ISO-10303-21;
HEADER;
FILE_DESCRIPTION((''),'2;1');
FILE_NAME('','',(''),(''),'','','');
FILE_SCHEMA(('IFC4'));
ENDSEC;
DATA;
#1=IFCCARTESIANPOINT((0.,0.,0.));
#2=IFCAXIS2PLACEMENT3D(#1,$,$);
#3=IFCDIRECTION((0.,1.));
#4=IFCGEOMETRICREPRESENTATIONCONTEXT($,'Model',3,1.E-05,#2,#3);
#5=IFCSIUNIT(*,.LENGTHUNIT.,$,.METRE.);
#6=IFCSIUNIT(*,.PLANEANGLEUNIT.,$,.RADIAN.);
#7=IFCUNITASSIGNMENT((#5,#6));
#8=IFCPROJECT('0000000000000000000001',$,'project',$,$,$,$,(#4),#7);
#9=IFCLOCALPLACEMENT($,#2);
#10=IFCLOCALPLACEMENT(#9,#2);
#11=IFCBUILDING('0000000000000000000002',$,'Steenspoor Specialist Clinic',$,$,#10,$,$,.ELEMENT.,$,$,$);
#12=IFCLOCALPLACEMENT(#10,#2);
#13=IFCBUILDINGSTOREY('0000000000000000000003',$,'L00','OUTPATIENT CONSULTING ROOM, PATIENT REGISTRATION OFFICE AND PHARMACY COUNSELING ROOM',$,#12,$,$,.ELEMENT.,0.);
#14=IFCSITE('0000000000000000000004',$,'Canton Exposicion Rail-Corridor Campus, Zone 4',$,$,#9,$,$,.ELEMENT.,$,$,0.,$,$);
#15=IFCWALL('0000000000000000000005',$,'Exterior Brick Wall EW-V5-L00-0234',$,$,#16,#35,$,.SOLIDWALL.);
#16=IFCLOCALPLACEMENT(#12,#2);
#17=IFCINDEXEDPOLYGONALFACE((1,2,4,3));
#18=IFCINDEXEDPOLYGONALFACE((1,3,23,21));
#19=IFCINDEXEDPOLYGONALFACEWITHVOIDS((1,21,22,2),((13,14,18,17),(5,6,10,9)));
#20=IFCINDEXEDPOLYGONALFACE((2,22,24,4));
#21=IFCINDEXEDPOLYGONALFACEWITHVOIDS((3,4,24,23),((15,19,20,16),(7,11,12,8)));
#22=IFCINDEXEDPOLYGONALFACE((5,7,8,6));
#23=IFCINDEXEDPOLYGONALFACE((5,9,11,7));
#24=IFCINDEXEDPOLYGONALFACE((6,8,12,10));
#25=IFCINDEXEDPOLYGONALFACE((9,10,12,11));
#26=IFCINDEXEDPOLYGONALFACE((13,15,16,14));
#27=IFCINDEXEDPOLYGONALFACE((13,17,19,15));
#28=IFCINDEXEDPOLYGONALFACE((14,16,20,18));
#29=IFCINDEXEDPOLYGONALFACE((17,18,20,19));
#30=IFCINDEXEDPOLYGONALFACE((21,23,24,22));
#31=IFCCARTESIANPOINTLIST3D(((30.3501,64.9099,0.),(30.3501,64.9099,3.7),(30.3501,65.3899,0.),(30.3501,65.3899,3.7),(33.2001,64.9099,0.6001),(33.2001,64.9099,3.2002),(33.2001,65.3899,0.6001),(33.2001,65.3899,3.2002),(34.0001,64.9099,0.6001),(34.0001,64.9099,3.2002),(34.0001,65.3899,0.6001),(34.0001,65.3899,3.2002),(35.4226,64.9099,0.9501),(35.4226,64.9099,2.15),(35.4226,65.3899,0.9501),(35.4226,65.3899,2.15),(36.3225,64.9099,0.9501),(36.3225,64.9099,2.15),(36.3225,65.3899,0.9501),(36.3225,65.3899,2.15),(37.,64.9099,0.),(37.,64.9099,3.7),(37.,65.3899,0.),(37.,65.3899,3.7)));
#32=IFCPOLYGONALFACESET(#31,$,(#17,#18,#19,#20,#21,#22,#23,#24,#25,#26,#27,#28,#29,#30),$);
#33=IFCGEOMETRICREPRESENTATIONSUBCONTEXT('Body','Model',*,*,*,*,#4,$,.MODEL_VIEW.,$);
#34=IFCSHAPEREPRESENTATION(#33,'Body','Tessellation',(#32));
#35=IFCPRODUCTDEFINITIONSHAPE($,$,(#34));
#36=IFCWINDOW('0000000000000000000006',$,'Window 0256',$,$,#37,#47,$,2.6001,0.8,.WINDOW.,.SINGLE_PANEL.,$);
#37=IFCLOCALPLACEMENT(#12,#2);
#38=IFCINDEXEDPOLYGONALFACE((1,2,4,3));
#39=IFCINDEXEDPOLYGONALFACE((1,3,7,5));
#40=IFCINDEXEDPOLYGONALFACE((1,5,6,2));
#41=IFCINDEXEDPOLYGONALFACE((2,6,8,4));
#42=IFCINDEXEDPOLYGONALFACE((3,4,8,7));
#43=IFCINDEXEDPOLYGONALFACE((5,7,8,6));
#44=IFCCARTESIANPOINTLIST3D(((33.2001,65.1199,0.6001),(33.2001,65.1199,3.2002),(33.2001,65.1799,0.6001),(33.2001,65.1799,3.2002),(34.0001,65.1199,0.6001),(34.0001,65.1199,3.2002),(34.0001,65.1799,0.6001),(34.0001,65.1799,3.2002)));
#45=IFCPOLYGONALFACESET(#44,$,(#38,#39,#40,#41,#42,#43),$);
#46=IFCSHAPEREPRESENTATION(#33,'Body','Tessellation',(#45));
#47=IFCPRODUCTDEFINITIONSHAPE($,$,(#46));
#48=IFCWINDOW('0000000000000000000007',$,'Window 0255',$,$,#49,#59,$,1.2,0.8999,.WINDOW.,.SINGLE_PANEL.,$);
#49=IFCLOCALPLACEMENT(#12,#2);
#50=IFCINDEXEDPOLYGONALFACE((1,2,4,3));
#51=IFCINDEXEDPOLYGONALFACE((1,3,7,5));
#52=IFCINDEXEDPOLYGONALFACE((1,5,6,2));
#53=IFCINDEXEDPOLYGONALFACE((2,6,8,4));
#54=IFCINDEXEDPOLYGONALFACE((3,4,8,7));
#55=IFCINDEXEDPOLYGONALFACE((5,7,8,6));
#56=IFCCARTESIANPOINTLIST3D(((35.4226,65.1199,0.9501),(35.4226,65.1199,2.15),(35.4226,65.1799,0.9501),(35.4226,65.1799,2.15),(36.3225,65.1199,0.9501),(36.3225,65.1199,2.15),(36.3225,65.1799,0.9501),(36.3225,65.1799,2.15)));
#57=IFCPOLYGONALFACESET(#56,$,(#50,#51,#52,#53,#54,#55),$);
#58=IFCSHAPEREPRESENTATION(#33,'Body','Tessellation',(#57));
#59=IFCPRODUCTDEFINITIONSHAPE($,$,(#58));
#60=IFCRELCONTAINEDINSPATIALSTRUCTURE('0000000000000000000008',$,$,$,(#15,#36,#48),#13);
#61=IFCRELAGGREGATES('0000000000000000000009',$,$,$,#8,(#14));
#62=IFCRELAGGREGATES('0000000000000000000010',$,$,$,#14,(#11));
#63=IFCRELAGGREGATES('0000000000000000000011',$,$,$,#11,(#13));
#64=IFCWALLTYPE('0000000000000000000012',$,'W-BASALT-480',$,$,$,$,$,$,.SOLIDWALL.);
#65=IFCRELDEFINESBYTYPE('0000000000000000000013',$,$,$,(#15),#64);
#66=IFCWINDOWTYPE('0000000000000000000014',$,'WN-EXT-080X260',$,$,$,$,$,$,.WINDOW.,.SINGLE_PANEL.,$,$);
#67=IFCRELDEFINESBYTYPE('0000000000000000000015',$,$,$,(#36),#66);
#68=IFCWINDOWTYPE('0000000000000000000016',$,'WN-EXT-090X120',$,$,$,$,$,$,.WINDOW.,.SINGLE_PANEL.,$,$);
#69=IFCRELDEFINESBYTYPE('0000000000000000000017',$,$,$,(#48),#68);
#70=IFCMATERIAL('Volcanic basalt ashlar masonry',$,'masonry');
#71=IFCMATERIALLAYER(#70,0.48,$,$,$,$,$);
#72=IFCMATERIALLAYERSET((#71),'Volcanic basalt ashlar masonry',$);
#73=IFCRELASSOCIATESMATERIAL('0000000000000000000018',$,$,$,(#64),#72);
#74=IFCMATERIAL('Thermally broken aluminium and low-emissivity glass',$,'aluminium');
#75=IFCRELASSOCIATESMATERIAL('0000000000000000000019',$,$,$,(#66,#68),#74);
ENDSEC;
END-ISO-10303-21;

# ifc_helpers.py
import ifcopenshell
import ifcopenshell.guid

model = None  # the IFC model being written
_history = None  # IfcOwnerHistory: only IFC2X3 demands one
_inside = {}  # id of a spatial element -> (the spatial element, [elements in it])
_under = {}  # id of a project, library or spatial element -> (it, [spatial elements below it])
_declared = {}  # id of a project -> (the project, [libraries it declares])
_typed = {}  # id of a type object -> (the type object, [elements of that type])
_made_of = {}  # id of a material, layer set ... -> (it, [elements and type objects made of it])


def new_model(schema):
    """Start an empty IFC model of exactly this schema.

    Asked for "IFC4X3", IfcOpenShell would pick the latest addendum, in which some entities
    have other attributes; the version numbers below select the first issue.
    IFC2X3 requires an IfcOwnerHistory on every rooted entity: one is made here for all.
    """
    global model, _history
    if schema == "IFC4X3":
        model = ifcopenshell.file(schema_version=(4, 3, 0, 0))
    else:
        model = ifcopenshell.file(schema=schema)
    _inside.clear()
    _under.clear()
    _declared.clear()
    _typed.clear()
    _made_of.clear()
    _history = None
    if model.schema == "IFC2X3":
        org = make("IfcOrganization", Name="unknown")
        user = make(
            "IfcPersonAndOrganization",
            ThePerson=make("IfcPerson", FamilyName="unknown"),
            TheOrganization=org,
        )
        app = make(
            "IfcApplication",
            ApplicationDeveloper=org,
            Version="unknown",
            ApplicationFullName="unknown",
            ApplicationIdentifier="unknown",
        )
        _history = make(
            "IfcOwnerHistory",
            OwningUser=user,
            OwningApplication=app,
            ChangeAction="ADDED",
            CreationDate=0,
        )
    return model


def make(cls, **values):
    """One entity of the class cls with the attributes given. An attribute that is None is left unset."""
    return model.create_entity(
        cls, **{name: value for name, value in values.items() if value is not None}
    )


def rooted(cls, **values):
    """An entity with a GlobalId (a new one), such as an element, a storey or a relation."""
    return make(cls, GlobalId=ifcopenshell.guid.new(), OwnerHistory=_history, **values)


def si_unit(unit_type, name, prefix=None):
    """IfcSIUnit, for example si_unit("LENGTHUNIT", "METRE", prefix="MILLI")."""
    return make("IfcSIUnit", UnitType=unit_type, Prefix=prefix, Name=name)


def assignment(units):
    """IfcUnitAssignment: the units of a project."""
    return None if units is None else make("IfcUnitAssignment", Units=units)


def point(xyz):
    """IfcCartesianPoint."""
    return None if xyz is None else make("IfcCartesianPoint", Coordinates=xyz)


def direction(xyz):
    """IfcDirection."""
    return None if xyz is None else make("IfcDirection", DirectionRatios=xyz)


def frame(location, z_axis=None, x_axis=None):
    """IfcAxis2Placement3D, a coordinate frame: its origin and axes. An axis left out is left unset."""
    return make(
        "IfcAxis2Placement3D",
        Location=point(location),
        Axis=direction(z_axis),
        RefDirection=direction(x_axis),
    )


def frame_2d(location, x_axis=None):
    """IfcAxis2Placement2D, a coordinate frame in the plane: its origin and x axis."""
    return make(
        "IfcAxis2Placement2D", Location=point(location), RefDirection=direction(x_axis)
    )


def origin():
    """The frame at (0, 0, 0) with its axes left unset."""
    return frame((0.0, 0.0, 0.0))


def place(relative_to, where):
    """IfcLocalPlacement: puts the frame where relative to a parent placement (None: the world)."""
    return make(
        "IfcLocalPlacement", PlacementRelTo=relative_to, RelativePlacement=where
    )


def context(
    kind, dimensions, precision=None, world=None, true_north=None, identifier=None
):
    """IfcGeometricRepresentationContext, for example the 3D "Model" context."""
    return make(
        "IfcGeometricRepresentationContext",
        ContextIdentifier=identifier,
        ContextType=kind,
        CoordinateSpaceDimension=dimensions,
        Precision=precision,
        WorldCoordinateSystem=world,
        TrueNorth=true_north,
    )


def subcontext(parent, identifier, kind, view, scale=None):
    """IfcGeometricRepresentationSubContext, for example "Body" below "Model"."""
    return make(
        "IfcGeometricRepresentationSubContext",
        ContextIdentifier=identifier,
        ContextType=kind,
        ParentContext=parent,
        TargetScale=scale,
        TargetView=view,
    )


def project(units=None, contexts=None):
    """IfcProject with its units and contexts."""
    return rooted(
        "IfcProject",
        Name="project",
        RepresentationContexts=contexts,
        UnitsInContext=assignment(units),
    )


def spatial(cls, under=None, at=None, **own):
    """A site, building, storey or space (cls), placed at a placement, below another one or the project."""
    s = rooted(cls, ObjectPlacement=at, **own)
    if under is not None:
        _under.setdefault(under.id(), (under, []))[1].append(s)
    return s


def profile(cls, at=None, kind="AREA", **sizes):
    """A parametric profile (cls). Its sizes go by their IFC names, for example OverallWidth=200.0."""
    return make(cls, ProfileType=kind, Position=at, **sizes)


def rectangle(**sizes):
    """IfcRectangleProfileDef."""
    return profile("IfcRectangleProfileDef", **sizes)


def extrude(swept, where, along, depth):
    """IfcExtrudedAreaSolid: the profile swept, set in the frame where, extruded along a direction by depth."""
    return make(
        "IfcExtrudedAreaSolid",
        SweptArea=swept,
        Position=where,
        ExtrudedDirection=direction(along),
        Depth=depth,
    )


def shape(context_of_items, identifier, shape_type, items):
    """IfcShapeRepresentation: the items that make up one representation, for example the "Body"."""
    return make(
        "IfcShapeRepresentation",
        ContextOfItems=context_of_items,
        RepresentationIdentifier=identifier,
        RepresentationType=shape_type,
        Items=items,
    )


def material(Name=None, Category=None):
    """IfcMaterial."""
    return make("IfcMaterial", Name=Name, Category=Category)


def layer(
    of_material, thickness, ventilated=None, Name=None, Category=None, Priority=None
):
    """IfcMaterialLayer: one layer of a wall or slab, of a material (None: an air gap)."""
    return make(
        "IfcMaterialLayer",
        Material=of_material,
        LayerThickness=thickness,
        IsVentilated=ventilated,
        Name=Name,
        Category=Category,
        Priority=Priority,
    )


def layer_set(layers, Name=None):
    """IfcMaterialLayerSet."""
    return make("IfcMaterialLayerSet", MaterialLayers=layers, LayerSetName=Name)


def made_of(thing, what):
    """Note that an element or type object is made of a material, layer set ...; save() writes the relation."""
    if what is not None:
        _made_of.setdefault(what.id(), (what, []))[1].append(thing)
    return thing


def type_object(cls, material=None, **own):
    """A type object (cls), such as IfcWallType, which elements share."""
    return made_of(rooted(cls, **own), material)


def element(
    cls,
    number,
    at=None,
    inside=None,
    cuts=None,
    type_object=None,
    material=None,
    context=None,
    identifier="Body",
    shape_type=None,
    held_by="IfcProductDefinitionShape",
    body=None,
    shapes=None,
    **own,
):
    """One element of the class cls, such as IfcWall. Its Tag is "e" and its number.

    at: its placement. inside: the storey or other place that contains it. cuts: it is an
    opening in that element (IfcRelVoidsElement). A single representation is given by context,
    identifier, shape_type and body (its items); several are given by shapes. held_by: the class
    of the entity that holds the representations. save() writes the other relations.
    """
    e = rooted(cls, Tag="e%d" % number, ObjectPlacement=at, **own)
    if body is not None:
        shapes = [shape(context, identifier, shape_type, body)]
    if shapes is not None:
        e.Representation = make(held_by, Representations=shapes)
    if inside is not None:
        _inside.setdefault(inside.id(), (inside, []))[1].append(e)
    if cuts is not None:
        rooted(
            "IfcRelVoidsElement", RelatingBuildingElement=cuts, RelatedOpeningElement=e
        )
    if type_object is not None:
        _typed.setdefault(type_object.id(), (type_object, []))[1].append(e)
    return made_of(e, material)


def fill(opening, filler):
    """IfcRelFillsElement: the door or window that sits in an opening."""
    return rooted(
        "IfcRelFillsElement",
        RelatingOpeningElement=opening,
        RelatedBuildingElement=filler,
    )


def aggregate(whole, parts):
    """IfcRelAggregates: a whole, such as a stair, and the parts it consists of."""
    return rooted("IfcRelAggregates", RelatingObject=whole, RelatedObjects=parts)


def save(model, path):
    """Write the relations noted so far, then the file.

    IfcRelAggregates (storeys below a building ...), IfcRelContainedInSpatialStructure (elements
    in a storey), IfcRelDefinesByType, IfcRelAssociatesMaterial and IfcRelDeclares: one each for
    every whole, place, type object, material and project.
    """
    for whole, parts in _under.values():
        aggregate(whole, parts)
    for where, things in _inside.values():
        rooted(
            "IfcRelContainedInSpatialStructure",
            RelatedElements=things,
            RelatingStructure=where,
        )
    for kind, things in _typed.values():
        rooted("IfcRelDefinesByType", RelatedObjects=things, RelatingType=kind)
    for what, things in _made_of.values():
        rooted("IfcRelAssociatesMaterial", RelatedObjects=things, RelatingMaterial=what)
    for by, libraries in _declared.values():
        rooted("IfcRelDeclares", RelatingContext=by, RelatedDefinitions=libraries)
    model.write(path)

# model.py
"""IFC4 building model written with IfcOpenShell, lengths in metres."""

from ifc_helpers import new_model, si_unit, direction, frame, frame_2d, origin, place, context, subcontext, project, spatial, rectangle, extrude, material, layer, layer_set, type_object, element, fill, save


model = new_model("IFC4")

# Units and contexts
model_context = context("Model", 3, precision=1e-05, world=origin(), true_north=direction((0.0, 1.0)))
body_context = subcontext(model_context, "Body", "Model", "MODEL_VIEW")
ifc_project = project(units=[si_unit("LENGTHUNIT", "METRE"), si_unit("PLANEANGLEUNIT", "RADIAN")], contexts=[model_context])

# Site, building, storey
site_placement = place(None, origin())
site = spatial("IfcSite", under=ifc_project, at=site_placement, Name="Canton Exposicion Rail-Corridor Campus, Zone 4", CompositionType="ELEMENT", RefElevation=0.0)
building_placement = place(site_placement, origin())
building = spatial("IfcBuilding", under=site, at=building_placement, Name="Steenspoor Specialist Clinic", CompositionType="ELEMENT")
storey_placement = place(building_placement, origin())
storey = spatial("IfcBuildingStorey", under=building, at=storey_placement, Name="L00", Description="OUTPATIENT CONSULTING ROOM, PATIENT REGISTRATION OFFICE AND PHARMACY COUNSELING ROOM", CompositionType="ELEMENT", Elevation=0.0)

# Shared definitions
ifc_material_1 = material(Name="Thermally broken aluminium and low-emissivity glass", Category="aluminium")

# Shared definitions
ifc_material_2 = material(Name="Volcanic basalt ashlar masonry", Category="masonry")
ifc_layer_1 = layer(ifc_material_2, 0.48)
ifc_layer_set_1 = layer_set([ifc_layer_1], Name="Volcanic basalt ashlar masonry")
wall_type = type_object("IfcWallType", Name="W-BASALT-480", PredefinedType="SOLIDWALL", material=ifc_layer_set_1)

# Wall, openings, windows
wall_1_placement = place(storey_placement, frame((37.0, 65.1499, 0.0), z_axis=(0.0, 0.0, 1.0), x_axis=(-1.0, 0.0, 0.0)))
wall_1 = element("IfcWall", 1, at=wall_1_placement, inside=storey, type_object=wall_type, Name="Exterior Brick Wall EW-V5-L00-0234", PredefinedType="SOLIDWALL", context=body_context, shape_type="SweptSolid", body=[
    extrude(rectangle(XDim=6.6499, YDim=0.48, at=frame_2d((3.325, 0.0))), origin(), (0.0, 0.0, 1.0), 3.7),
])
opening_1_placement = place(wall_1_placement, frame((0.6775, 0.0, 0.95)))
opening_1 = element("IfcOpeningElement", 2, at=opening_1_placement, cuts=wall_1, PredefinedType="OPENING", context=body_context, shape_type="SweptSolid", body=[
    extrude(rectangle(XDim=0.8999, YDim=1.2, at=frame_2d((0.45, 0.6001))), frame((0.0, 0.25, 0.0), z_axis=(0.0, -1.0, 0.0), x_axis=(1.0, 0.0, 0.0)), (0.0, 0.0, 1.0), 0.5),
])
opening_2_placement = place(wall_1_placement, frame((3.0, 0.0, 0.6001)))
opening_2 = element("IfcOpeningElement", 3, at=opening_2_placement, cuts=wall_1, PredefinedType="OPENING", context=body_context, shape_type="SweptSolid", body=[
    extrude(rectangle(XDim=0.8, YDim=2.6001, at=frame_2d((0.3999, 1.3))), frame((0.0, 0.25, 0.0), z_axis=(0.0, -1.0, 0.0), x_axis=(1.0, 0.0, 0.0)), (0.0, 0.0, 1.0), 0.5),
])
window_type_1 = type_object("IfcWindowType", Name="WN-EXT-080X260", PartitioningType="SINGLE_PANEL", PredefinedType="WINDOW", material=ifc_material_1)
window_1_placement = place(opening_2_placement, origin())
window_1 = element("IfcWindow", 4, at=window_1_placement, inside=storey, type_object=window_type_1, Name="Window 0256", OverallHeight=2.6001, OverallWidth=0.8, PartitioningType="SINGLE_PANEL", PredefinedType="WINDOW", context=body_context, shape_type="SweptSolid", body=[
    extrude(rectangle(XDim=0.8, YDim=2.6001, at=frame_2d((0.3999, 1.3))), frame((0.0, 0.03, 0.0), z_axis=(0.0, -1.0, 0.0), x_axis=(1.0, 0.0, 0.0)), (0.0, 0.0, 1.0), 0.0601),
])
fill(opening_2, window_1)
window_type_2 = type_object("IfcWindowType", Name="WN-EXT-090X120", PartitioningType="SINGLE_PANEL", PredefinedType="WINDOW", material=ifc_material_1)
window_2_placement = place(opening_1_placement, origin())
window_2 = element("IfcWindow", 5, at=window_2_placement, inside=storey, type_object=window_type_2, Name="Window 0255", OverallHeight=1.2, OverallWidth=0.8999, PartitioningType="SINGLE_PANEL", PredefinedType="WINDOW", context=body_context, shape_type="SweptSolid", body=[
    extrude(rectangle(XDim=0.8999, YDim=1.2, at=frame_2d((0.45, 0.6001))), frame((0.0, 0.03, 0.0), z_axis=(0.0, -1.0, 0.0), x_axis=(1.0, 0.0, 0.0)), (0.0, 0.0, 1.0), 0.0601),
])
fill(opening_1, window_2)

save(model, "model.ifc")
